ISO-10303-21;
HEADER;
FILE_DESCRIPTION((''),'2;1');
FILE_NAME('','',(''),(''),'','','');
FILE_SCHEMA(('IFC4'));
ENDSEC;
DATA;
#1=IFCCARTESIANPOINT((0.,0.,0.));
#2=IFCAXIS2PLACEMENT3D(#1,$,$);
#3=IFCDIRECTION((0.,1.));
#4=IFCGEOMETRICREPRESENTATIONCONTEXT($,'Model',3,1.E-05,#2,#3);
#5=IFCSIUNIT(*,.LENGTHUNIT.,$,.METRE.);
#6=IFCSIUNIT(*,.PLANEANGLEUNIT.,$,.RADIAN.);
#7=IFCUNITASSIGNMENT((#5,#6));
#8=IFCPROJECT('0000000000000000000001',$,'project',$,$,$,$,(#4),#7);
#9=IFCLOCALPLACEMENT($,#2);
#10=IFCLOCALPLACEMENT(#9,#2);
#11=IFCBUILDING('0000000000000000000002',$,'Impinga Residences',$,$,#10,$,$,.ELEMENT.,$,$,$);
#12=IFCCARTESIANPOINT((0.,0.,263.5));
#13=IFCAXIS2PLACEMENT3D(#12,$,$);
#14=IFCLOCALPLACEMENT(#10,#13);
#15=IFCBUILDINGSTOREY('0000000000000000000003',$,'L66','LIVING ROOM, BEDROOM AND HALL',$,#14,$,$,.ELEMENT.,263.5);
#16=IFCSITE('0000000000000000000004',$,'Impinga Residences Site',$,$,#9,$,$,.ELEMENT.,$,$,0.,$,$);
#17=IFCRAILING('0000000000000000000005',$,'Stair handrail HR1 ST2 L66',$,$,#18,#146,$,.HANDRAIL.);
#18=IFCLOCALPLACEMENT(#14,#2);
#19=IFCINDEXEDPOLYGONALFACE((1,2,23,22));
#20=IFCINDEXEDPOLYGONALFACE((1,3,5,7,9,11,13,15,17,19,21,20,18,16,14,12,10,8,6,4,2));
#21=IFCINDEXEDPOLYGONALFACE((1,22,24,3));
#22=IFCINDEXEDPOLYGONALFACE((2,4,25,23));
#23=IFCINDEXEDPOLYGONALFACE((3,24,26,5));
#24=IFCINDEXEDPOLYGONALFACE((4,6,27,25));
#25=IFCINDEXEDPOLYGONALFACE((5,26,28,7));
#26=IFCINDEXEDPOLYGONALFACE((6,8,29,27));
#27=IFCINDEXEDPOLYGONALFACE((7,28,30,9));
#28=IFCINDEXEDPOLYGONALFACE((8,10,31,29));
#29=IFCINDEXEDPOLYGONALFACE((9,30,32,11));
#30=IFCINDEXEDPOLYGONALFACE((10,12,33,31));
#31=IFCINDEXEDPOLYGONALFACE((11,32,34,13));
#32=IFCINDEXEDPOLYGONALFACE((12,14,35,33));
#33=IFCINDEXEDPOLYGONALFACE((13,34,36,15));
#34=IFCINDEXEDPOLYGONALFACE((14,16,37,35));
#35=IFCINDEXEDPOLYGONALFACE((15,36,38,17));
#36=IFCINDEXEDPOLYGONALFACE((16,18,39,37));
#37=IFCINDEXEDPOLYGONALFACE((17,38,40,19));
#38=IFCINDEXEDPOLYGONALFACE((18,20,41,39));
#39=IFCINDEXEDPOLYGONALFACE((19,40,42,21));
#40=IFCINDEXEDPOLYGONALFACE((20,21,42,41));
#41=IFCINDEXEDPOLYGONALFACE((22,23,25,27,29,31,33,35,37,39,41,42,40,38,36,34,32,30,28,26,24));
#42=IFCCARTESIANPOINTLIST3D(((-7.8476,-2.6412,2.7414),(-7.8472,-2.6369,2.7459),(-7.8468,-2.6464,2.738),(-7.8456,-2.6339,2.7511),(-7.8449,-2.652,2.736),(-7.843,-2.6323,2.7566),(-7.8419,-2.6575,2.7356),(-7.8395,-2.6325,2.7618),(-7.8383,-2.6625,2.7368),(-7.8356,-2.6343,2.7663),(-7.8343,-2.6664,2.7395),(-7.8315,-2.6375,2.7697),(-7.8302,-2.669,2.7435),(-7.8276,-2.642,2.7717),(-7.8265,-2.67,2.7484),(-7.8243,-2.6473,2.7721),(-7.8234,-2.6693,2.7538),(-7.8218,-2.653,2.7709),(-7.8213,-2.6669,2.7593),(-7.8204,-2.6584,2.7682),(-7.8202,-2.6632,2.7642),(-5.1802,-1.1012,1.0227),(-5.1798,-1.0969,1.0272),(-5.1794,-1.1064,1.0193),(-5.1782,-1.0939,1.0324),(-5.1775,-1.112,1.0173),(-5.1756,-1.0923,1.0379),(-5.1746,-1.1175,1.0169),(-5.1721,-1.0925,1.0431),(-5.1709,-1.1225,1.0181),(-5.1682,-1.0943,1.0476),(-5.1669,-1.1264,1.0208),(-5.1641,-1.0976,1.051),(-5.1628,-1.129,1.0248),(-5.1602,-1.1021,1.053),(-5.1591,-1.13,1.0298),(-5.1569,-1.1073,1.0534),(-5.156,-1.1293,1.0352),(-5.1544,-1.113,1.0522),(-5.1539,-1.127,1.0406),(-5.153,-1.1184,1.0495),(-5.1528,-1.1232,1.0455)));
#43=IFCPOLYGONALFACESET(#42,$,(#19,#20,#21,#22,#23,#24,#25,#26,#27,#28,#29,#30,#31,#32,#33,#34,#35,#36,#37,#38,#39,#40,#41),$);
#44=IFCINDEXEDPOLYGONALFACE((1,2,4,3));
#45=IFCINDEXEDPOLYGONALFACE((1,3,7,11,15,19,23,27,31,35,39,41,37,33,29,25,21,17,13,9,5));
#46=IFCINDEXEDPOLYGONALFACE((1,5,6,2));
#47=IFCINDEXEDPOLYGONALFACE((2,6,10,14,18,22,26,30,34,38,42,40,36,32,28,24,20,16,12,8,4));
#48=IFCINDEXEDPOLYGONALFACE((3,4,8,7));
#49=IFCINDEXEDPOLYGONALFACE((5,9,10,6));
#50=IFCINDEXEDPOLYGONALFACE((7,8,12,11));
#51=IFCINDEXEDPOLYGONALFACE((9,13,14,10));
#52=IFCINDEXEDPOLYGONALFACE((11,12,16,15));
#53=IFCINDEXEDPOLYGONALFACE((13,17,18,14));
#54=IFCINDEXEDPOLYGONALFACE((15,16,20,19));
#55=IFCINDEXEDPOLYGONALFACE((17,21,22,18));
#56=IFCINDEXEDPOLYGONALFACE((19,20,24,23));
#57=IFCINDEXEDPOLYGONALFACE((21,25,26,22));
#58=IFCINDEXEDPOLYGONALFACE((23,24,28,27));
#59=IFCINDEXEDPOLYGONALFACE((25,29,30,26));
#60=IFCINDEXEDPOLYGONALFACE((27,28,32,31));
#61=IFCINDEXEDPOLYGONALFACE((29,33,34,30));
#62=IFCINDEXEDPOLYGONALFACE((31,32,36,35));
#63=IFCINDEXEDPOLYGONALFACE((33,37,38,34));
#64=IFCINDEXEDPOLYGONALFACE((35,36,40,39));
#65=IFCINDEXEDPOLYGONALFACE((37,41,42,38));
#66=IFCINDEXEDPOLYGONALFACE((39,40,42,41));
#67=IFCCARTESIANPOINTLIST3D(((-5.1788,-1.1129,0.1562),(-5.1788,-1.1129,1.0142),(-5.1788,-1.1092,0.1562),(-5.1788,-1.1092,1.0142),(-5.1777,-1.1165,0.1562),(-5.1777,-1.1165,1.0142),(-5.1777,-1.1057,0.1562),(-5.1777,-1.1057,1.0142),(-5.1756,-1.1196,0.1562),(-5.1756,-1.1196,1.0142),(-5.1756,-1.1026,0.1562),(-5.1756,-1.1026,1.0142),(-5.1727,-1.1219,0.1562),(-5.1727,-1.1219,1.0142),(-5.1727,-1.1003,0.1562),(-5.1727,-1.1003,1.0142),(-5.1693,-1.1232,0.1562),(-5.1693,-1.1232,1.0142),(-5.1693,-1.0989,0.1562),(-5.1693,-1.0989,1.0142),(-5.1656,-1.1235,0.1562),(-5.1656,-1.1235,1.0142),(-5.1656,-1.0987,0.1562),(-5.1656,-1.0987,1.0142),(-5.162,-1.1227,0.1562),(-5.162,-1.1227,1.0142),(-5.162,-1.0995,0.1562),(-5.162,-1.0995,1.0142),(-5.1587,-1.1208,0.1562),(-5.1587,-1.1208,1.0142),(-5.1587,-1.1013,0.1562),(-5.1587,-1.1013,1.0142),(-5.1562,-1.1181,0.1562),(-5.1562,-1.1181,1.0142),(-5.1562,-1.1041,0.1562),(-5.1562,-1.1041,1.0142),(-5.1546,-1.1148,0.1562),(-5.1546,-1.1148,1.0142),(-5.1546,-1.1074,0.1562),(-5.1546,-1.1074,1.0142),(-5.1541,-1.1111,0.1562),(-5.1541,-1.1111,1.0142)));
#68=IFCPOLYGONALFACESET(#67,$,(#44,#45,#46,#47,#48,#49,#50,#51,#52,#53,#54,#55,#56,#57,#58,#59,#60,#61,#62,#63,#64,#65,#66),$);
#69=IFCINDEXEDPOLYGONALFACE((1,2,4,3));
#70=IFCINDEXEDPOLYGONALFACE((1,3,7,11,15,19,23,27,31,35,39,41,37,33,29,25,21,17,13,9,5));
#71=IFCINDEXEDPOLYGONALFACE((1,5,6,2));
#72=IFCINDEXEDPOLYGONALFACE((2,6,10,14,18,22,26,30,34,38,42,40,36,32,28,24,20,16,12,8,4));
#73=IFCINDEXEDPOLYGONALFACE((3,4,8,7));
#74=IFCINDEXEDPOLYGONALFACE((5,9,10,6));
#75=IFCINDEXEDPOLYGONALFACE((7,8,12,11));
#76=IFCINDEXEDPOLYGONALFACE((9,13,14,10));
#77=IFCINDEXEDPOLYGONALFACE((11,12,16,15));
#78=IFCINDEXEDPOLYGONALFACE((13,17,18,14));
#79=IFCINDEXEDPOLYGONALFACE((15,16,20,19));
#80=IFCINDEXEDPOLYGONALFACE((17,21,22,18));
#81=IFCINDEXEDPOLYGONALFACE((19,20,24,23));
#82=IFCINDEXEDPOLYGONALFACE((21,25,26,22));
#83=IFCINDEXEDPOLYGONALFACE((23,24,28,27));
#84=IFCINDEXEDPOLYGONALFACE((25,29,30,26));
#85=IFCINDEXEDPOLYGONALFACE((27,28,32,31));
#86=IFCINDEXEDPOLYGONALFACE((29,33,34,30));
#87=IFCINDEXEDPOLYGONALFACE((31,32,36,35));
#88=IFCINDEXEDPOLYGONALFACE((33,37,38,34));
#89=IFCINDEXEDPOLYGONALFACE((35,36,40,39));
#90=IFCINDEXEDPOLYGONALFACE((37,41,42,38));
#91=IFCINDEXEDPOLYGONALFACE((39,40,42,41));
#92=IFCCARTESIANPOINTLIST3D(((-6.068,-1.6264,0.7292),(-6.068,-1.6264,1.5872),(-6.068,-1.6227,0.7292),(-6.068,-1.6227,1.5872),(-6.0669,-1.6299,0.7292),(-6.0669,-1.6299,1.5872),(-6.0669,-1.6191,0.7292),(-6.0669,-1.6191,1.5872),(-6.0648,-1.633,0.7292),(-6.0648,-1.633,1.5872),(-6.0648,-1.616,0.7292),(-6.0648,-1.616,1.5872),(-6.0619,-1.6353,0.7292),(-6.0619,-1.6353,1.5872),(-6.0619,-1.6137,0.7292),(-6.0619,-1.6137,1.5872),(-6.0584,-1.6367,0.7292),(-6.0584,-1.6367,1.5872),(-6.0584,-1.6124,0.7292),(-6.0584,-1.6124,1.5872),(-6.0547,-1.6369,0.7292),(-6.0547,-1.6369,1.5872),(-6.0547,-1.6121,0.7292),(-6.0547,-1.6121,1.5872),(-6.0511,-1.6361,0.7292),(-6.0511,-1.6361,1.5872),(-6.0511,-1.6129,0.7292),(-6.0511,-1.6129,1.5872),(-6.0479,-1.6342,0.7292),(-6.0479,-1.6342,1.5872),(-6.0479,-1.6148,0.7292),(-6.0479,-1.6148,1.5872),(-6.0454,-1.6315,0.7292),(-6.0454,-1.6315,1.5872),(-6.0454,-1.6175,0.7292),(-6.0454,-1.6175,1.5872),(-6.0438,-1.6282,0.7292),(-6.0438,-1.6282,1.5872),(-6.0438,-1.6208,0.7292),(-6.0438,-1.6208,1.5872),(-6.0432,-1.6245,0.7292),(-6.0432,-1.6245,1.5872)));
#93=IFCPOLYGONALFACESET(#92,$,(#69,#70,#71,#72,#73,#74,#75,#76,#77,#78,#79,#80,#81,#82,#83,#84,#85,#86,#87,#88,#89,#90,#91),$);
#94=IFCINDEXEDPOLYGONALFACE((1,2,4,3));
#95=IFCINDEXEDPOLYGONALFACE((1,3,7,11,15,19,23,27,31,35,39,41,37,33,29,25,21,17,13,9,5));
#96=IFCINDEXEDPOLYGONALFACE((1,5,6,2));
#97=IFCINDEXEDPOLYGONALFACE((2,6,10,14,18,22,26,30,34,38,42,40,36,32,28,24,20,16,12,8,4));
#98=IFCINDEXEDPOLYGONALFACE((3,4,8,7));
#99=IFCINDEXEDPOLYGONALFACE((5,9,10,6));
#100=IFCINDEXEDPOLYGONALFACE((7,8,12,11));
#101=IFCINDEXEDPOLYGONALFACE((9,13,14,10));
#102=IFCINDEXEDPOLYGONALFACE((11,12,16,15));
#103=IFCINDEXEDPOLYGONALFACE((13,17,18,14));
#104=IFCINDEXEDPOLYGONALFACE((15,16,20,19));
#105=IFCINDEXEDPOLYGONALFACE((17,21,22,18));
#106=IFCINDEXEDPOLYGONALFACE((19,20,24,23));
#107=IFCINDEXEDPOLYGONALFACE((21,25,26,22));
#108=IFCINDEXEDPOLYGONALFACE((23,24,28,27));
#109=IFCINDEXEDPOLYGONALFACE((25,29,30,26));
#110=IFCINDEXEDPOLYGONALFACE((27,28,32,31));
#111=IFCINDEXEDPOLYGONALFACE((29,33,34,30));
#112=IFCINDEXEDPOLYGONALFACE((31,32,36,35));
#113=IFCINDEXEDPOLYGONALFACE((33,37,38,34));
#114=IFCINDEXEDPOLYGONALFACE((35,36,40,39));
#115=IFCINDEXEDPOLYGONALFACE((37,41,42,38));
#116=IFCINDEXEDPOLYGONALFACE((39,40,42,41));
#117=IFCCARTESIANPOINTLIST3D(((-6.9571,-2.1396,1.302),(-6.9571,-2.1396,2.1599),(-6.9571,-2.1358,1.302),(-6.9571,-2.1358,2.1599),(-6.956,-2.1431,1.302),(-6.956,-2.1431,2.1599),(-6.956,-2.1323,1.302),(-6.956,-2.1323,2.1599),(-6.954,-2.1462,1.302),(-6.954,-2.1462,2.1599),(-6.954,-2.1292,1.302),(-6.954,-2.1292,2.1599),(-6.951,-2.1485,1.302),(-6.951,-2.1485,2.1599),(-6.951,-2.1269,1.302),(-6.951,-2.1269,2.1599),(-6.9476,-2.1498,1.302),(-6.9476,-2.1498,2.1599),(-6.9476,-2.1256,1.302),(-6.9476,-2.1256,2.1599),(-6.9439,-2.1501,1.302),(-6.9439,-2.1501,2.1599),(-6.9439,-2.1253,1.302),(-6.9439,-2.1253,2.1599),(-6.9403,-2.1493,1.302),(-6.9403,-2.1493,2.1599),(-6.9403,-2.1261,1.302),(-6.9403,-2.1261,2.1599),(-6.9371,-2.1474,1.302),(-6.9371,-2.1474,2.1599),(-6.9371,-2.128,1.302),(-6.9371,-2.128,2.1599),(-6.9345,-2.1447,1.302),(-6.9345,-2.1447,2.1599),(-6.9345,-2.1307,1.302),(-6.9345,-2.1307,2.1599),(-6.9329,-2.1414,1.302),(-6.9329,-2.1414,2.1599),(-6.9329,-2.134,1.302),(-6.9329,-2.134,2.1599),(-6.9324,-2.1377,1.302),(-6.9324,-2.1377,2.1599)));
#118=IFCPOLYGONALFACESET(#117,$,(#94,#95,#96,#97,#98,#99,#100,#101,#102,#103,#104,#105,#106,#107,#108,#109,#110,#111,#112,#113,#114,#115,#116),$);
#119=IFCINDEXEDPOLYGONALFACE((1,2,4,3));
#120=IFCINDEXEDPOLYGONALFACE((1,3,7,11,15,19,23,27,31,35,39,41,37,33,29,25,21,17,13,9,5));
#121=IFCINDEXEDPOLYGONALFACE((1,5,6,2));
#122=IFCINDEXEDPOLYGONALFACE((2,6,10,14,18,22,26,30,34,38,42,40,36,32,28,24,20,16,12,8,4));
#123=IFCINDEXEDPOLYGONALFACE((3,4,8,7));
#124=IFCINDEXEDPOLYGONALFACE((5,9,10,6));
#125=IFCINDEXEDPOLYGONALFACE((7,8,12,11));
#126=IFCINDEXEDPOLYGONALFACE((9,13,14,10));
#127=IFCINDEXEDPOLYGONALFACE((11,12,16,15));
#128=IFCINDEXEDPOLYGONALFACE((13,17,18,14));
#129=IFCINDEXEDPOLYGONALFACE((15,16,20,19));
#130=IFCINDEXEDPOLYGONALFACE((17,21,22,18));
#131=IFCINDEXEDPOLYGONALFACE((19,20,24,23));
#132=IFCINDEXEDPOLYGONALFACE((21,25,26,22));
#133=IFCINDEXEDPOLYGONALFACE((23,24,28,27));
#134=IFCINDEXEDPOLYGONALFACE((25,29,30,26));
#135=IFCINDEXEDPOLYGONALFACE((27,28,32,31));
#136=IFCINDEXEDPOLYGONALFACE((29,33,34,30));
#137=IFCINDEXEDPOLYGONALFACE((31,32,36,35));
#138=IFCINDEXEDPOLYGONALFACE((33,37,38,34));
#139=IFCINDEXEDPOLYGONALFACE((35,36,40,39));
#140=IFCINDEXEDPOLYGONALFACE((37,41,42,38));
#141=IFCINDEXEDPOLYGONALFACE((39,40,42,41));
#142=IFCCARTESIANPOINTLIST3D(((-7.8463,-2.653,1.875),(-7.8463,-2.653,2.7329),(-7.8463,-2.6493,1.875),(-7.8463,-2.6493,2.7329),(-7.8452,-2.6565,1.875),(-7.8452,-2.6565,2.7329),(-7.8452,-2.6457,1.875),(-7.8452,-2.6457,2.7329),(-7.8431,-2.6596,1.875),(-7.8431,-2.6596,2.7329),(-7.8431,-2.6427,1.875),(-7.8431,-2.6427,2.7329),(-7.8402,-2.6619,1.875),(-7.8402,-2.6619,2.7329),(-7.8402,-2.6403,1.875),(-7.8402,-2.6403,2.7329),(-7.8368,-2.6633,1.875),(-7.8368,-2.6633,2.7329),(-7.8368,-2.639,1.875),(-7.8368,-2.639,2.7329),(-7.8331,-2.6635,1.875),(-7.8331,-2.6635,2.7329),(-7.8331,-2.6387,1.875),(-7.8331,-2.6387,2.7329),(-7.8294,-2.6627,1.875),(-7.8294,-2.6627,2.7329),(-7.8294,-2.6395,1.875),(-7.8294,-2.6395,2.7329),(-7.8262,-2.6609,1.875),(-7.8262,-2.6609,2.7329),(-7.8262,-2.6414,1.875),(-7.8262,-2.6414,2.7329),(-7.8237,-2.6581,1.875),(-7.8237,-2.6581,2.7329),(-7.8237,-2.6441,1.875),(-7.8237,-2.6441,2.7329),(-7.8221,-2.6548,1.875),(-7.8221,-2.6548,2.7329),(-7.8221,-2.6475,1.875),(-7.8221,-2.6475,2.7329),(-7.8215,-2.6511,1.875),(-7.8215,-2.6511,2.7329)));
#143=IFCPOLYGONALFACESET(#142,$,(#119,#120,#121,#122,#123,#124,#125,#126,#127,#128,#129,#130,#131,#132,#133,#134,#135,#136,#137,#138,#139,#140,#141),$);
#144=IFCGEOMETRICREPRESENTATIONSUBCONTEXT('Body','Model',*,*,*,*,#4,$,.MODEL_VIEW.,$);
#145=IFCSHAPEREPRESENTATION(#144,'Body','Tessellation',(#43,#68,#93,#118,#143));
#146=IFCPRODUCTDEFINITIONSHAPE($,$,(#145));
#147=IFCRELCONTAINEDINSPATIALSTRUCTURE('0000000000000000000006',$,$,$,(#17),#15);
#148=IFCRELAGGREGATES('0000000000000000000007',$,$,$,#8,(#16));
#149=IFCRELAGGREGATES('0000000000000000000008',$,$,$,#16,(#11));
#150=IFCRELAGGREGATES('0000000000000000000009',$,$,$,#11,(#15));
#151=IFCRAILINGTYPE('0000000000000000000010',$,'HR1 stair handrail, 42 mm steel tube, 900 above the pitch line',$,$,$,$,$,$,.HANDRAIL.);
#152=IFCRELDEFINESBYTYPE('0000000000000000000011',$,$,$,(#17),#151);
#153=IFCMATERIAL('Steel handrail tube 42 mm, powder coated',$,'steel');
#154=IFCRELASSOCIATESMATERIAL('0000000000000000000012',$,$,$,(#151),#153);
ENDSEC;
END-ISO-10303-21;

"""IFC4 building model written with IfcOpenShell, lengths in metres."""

from ifc_helpers import new_model, si_unit, direction, frame, origin, origin_2d, place, context, subcontext, project, spatial, circle, extrude, material, type_object, element, save


model = new_model("IFC4")

# Units and contexts
model_context = context("Model", 3, precision=1e-05, world=origin(), true_north=direction((0.0, 1.0)))
body_context = subcontext(model_context, "Body", "Model", "MODEL_VIEW")
ifc_project = project(units=[si_unit("LENGTHUNIT", "METRE"), si_unit("PLANEANGLEUNIT", "RADIAN")], contexts=[model_context])

# Site, building, storey
site_placement = place(None, origin())
site = spatial("IfcSite", under=ifc_project, at=site_placement, Name="Impinga Residences Site", CompositionType="ELEMENT", RefElevation=0.0)
building_placement = place(site_placement, origin())
building = spatial("IfcBuilding", under=site, at=building_placement, Name="Impinga Residences", CompositionType="ELEMENT")
storey_placement = place(building_placement, frame((0.0, 0.0, 263.5)))
storey = spatial("IfcBuildingStorey", under=building, at=storey_placement, Name="L66", Description="LIVING ROOM, BEDROOM AND HALL", CompositionType="ELEMENT", Elevation=263.5)

# Railing
ifc_material_1 = material(Name="Steel handrail tube 42 mm, powder coated", Category="steel")
railing_type_1 = type_object("IfcRailingType", Name="HR1 stair handrail, 42 mm steel tube, 900 above the pitch line", PredefinedType="HANDRAIL", material=ifc_material_1)
railing_1_placement = place(storey_placement, frame((-5.1665, -1.1111, 0.1562)))
element("IfcRailing", 1, at=railing_1_placement, inside=storey, type_object=railing_type_1, Name="Stair handrail HR1 ST2 L66", PredefinedType="HANDRAIL", context=body_context, shape_type="SweptSolid", body=[
    extrude(circle(Radius=0.021, at=origin_2d()), frame((0.0, 0.0, 0.8789), z_axis=(-0.756256, -0.436616, 0.487282), x_axis=(0.499992, -0.86603, 0.0)), (0.0, 0.0, 1.0), 3.5271),
    extrude(circle(Radius=0.0125, at=origin_2d()), origin(), (0.0, 0.0, 1.0), 0.8579),
    extrude(circle(Radius=0.0125, at=origin_2d()), frame((-0.8892, -0.5134, 0.573)), (0.0, 0.0, 1.0), 0.8579),
    extrude(circle(Radius=0.0125, at=origin_2d()), frame((-1.7783, -1.0266, 1.1458)), (0.0, 0.0, 1.0), 0.8579),
    extrude(circle(Radius=0.0125, at=origin_2d()), frame((-2.6675, -1.54, 1.7188)), (0.0, 0.0, 1.0), 0.8579),
])

save(model, "model.ifc")
